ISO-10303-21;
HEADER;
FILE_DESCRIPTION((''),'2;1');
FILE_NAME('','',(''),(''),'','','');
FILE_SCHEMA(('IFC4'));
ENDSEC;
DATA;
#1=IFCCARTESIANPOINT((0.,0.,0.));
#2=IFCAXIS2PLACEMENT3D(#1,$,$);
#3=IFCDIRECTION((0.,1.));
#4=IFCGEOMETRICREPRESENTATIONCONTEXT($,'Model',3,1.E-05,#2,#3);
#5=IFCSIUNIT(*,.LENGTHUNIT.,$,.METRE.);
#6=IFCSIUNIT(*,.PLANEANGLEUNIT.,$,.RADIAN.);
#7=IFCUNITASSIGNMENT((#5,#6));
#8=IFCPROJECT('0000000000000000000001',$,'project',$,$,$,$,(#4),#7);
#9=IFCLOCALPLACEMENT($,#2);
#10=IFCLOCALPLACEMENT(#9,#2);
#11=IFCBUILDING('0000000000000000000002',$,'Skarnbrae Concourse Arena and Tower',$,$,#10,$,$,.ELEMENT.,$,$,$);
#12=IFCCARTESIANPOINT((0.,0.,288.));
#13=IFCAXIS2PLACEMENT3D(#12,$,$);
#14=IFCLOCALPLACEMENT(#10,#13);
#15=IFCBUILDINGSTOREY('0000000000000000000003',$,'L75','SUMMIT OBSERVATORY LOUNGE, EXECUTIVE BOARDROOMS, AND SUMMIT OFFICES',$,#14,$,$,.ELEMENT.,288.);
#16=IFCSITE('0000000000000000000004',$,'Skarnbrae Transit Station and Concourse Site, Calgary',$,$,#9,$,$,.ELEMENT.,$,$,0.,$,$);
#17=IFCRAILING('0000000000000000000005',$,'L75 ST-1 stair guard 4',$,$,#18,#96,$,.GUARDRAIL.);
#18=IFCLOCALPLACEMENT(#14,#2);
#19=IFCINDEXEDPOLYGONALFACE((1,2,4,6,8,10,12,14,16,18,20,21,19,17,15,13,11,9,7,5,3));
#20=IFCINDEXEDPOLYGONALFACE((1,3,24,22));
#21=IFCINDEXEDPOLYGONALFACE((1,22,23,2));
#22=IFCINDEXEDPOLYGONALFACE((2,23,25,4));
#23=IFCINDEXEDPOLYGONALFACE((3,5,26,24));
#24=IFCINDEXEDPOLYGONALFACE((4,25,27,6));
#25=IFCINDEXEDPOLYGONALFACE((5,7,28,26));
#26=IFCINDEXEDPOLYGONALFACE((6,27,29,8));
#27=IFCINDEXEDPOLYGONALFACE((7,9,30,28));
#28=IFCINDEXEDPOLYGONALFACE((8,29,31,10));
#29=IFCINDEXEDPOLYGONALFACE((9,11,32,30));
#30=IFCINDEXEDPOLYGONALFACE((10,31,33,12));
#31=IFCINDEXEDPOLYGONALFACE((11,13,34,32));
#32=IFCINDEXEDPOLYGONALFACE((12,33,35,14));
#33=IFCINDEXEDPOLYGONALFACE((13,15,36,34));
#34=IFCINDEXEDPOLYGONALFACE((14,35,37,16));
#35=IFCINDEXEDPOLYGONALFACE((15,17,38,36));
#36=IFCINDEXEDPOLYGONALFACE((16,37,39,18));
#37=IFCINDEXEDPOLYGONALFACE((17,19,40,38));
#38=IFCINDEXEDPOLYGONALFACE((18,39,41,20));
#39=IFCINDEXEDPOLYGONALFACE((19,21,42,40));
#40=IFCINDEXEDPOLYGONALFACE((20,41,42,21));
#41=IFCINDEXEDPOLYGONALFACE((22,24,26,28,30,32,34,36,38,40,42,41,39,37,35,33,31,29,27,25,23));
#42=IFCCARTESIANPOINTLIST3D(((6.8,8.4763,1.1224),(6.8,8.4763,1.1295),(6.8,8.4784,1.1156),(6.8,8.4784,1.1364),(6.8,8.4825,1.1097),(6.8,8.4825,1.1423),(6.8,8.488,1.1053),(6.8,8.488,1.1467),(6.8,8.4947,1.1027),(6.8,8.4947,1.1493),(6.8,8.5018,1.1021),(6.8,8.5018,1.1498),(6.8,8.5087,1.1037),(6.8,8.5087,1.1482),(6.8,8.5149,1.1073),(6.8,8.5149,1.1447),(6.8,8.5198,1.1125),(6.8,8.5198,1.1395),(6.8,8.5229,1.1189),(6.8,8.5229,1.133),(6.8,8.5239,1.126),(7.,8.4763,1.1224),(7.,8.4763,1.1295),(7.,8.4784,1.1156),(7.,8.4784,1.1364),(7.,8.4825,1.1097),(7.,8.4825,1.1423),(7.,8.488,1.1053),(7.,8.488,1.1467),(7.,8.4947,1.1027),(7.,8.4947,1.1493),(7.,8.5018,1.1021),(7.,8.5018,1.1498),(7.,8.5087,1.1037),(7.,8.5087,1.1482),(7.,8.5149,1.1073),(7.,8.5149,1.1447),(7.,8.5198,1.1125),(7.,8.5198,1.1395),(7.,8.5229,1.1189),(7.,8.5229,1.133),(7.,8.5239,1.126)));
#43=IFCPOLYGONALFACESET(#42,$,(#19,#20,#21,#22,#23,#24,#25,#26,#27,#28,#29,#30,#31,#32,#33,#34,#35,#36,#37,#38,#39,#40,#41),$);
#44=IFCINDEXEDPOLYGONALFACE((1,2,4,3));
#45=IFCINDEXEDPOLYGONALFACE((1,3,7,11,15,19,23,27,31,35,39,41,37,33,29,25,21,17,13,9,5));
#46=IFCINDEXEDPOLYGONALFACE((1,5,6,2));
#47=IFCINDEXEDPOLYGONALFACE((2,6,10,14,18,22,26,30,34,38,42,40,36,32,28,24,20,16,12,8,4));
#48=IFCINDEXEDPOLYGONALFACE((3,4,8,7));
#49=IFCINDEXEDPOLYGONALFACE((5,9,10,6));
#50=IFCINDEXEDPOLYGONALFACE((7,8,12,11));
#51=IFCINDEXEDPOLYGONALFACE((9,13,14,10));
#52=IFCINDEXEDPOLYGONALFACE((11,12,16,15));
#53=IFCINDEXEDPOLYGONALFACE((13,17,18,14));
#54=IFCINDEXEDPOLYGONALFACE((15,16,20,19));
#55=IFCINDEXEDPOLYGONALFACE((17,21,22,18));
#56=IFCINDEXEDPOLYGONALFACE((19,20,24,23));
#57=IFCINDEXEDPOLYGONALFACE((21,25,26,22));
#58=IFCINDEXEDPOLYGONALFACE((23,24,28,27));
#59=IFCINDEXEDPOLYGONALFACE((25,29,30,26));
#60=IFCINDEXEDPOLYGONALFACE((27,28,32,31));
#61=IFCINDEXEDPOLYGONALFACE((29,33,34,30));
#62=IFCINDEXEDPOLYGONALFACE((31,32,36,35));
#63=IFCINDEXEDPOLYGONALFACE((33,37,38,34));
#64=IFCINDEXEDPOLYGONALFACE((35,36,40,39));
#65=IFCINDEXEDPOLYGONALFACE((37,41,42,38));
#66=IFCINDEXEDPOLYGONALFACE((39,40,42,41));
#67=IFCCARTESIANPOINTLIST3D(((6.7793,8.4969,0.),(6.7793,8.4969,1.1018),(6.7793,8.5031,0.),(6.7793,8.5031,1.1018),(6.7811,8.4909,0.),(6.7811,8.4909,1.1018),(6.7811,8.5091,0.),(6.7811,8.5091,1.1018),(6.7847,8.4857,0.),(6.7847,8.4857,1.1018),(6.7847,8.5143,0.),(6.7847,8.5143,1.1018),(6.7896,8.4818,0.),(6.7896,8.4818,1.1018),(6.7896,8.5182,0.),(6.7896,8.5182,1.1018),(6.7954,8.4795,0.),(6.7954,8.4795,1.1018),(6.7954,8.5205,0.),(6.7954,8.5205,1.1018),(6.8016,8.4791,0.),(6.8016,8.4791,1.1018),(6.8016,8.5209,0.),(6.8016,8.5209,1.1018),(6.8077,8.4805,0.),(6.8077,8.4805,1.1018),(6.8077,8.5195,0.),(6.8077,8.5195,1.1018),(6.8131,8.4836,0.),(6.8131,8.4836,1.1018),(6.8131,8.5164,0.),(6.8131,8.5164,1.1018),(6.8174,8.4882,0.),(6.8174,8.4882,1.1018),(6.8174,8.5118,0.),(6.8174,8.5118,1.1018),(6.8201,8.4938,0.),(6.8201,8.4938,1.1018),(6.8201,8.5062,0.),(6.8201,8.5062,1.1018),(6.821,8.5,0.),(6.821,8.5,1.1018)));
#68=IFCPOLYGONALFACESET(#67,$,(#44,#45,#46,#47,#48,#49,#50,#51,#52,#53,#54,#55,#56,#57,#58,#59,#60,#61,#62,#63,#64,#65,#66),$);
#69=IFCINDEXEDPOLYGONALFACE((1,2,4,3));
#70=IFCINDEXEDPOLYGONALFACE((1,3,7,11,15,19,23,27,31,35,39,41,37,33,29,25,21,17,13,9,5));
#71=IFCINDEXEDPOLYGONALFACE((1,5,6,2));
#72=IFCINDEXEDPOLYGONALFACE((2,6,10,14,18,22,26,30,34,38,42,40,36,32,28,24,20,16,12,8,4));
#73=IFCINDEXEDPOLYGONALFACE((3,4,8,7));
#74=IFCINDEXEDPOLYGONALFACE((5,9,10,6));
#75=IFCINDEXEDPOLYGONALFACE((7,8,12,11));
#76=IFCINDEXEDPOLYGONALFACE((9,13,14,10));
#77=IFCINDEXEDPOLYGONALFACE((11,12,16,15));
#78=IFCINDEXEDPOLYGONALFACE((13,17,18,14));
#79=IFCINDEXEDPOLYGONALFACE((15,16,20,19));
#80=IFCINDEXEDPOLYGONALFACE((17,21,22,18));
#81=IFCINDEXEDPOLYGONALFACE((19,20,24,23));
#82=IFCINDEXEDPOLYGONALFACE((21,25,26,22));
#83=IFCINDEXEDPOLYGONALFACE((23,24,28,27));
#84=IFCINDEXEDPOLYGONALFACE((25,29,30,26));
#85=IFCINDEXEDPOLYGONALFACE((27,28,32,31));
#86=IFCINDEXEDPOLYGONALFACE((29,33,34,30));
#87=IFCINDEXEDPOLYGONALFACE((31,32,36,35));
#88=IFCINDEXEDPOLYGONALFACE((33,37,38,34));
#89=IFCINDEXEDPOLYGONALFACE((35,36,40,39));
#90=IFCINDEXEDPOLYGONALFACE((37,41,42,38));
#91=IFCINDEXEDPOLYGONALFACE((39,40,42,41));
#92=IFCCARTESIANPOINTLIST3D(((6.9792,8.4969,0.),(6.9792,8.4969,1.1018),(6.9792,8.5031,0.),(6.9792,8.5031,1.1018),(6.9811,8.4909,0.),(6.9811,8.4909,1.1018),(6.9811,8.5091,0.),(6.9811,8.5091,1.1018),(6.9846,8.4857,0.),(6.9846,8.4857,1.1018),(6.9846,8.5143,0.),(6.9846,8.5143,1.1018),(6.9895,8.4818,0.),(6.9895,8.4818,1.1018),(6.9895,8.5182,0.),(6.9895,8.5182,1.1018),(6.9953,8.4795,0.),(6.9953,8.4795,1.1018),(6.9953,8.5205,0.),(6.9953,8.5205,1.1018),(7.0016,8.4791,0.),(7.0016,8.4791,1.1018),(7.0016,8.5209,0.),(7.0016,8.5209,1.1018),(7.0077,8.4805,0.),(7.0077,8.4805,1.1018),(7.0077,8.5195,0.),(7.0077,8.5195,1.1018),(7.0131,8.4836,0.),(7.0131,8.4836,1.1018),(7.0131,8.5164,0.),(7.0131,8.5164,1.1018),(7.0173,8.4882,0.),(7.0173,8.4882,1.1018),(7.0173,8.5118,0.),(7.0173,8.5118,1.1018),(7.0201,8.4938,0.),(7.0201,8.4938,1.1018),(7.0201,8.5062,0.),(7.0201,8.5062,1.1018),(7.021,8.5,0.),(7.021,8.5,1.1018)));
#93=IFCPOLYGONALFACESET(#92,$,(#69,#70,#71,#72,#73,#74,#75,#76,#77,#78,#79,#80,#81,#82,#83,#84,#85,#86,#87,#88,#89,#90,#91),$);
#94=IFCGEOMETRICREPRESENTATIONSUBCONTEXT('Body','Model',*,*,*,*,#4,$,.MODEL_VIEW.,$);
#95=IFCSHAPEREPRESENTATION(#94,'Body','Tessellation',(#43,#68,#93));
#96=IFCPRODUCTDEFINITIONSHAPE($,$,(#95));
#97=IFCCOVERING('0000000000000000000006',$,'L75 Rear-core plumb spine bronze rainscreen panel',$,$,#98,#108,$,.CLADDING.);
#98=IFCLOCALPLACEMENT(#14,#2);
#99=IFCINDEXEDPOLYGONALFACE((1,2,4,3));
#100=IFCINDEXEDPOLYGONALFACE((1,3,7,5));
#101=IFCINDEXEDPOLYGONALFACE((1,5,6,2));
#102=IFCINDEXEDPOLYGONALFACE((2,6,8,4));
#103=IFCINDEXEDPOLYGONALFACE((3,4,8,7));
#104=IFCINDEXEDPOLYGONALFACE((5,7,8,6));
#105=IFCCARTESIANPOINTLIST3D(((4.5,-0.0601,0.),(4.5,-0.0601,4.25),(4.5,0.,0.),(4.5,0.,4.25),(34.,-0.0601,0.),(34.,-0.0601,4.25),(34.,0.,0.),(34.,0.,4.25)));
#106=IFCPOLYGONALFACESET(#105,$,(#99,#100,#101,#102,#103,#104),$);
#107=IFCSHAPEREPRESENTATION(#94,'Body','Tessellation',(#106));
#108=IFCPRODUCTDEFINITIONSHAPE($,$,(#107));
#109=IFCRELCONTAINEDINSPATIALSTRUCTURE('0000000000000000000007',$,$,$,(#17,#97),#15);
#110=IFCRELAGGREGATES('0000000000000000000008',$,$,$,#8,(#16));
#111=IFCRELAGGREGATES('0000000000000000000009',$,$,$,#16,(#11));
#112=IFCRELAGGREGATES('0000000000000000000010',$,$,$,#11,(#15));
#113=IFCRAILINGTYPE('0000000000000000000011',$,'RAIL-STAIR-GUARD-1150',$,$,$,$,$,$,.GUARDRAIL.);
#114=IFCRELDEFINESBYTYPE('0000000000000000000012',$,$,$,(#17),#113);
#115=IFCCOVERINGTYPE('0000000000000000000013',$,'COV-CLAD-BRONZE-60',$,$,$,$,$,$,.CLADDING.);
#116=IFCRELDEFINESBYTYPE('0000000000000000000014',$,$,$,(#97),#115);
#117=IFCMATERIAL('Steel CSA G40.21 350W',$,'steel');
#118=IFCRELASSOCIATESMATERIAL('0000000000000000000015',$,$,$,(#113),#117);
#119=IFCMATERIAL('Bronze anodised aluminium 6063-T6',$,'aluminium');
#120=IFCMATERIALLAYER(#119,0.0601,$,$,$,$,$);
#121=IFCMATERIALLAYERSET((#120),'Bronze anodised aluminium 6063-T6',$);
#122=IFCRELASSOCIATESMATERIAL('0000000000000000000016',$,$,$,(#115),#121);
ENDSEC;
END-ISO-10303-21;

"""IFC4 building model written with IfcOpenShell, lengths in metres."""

from ifc_helpers import new_model, si_unit, direction, frame, origin, origin_2d, place, context, subcontext, project, spatial, rectangle, circle, extrude, source, transform, mapped, material, layer, layer_set, type_object, element, save


model = new_model("IFC4")

# Units and contexts
model_context = context("Model", 3, precision=1e-05, world=origin(), true_north=direction((0.0, 1.0)))
body_context = subcontext(model_context, "Body", "Model", "MODEL_VIEW")
ifc_project = project(units=[si_unit("LENGTHUNIT", "METRE"), si_unit("PLANEANGLEUNIT", "RADIAN")], contexts=[model_context])

# Site, building, storey
site_placement = place(None, origin())
site = spatial("IfcSite", under=ifc_project, at=site_placement, Name="Skarnbrae Transit Station and Concourse Site, Calgary", CompositionType="ELEMENT", RefElevation=0.0)
building_placement = place(site_placement, origin())
building = spatial("IfcBuilding", under=site, at=building_placement, Name="Skarnbrae Concourse Arena and Tower", CompositionType="ELEMENT")
storey_placement = place(building_placement, frame((0.0, 0.0, 288.0)))
storey = spatial("IfcBuildingStorey", under=building, at=storey_placement, Name="L75", Description="SUMMIT OBSERVATORY LOUNGE, EXECUTIVE BOARDROOMS, AND SUMMIT OFFICES", CompositionType="ELEMENT", Elevation=288.0)

# Shared definitions
ifc_material_1 = material(Name="Steel CSA G40.21 350W", Category="steel")

# Railing
railing_type_1 = type_object("IfcRailingType", Name="RAIL-STAIR-GUARD-1150", PredefinedType="GUARDRAIL", material=ifc_material_1)
railing_1_placement = place(storey_placement, frame((6.8, 8.5, 0.0)))
element("IfcRailing", 1, at=railing_1_placement, inside=storey, type_object=railing_type_1, Name="L75 ST-1 stair guard 4", PredefinedType="GUARDRAIL", context=body_context, shape_type="SweptSolid", body=[
    extrude(circle(Radius=0.0239, at=origin_2d()), frame((0.0, 0.0, 1.126), z_axis=(1.0, 0.0, 0.0), x_axis=(0.0, 1.0, 0.0)), (0.0, 0.0, 1.0), 0.2),
    extrude(circle(Radius=0.021, at=origin_2d()), origin(), (0.0, 0.0, 1.0), 1.1018),
    extrude(circle(Radius=0.021, at=origin_2d()), frame((0.2, 0.0, 0.0)), (0.0, 0.0, 1.0), 1.1018),
])

# Covering
ifc_material_2 = material(Name="Bronze anodised aluminium 6063-T6", Category="aluminium")
ifc_layer_1 = layer(ifc_material_2, 0.0601)
ifc_layer_set_1 = layer_set([ifc_layer_1], Name="Bronze anodised aluminium 6063-T6")
covering_type = type_object("IfcCoveringType", Name="COV-CLAD-BRONZE-60", PredefinedType="CLADDING", material=ifc_layer_set_1)
shared_shape_1 = source(origin(), body_context, "Body", "SweptSolid", [
    extrude(rectangle(XDim=29.5, YDim=0.0601, at=origin_2d()), origin(), (0.0, 0.0, 1.0), 4.25),
])
covering_placement = place(storey_placement, frame((19.25, -0.03, 0.0), z_axis=(0.0, 0.0, 1.0), x_axis=(1.0, 0.0, 0.0)))
element("IfcCovering", 2, at=covering_placement, inside=storey, type_object=covering_type, Name="L75 Rear-core plumb spine bronze rainscreen panel", PredefinedType="CLADDING", context=body_context, shape_type="MappedRepresentation", body=[
    mapped(shared_shape_1, transform((0.0, 0.0, 0.0))),
])

save(model, "model.ifc")
